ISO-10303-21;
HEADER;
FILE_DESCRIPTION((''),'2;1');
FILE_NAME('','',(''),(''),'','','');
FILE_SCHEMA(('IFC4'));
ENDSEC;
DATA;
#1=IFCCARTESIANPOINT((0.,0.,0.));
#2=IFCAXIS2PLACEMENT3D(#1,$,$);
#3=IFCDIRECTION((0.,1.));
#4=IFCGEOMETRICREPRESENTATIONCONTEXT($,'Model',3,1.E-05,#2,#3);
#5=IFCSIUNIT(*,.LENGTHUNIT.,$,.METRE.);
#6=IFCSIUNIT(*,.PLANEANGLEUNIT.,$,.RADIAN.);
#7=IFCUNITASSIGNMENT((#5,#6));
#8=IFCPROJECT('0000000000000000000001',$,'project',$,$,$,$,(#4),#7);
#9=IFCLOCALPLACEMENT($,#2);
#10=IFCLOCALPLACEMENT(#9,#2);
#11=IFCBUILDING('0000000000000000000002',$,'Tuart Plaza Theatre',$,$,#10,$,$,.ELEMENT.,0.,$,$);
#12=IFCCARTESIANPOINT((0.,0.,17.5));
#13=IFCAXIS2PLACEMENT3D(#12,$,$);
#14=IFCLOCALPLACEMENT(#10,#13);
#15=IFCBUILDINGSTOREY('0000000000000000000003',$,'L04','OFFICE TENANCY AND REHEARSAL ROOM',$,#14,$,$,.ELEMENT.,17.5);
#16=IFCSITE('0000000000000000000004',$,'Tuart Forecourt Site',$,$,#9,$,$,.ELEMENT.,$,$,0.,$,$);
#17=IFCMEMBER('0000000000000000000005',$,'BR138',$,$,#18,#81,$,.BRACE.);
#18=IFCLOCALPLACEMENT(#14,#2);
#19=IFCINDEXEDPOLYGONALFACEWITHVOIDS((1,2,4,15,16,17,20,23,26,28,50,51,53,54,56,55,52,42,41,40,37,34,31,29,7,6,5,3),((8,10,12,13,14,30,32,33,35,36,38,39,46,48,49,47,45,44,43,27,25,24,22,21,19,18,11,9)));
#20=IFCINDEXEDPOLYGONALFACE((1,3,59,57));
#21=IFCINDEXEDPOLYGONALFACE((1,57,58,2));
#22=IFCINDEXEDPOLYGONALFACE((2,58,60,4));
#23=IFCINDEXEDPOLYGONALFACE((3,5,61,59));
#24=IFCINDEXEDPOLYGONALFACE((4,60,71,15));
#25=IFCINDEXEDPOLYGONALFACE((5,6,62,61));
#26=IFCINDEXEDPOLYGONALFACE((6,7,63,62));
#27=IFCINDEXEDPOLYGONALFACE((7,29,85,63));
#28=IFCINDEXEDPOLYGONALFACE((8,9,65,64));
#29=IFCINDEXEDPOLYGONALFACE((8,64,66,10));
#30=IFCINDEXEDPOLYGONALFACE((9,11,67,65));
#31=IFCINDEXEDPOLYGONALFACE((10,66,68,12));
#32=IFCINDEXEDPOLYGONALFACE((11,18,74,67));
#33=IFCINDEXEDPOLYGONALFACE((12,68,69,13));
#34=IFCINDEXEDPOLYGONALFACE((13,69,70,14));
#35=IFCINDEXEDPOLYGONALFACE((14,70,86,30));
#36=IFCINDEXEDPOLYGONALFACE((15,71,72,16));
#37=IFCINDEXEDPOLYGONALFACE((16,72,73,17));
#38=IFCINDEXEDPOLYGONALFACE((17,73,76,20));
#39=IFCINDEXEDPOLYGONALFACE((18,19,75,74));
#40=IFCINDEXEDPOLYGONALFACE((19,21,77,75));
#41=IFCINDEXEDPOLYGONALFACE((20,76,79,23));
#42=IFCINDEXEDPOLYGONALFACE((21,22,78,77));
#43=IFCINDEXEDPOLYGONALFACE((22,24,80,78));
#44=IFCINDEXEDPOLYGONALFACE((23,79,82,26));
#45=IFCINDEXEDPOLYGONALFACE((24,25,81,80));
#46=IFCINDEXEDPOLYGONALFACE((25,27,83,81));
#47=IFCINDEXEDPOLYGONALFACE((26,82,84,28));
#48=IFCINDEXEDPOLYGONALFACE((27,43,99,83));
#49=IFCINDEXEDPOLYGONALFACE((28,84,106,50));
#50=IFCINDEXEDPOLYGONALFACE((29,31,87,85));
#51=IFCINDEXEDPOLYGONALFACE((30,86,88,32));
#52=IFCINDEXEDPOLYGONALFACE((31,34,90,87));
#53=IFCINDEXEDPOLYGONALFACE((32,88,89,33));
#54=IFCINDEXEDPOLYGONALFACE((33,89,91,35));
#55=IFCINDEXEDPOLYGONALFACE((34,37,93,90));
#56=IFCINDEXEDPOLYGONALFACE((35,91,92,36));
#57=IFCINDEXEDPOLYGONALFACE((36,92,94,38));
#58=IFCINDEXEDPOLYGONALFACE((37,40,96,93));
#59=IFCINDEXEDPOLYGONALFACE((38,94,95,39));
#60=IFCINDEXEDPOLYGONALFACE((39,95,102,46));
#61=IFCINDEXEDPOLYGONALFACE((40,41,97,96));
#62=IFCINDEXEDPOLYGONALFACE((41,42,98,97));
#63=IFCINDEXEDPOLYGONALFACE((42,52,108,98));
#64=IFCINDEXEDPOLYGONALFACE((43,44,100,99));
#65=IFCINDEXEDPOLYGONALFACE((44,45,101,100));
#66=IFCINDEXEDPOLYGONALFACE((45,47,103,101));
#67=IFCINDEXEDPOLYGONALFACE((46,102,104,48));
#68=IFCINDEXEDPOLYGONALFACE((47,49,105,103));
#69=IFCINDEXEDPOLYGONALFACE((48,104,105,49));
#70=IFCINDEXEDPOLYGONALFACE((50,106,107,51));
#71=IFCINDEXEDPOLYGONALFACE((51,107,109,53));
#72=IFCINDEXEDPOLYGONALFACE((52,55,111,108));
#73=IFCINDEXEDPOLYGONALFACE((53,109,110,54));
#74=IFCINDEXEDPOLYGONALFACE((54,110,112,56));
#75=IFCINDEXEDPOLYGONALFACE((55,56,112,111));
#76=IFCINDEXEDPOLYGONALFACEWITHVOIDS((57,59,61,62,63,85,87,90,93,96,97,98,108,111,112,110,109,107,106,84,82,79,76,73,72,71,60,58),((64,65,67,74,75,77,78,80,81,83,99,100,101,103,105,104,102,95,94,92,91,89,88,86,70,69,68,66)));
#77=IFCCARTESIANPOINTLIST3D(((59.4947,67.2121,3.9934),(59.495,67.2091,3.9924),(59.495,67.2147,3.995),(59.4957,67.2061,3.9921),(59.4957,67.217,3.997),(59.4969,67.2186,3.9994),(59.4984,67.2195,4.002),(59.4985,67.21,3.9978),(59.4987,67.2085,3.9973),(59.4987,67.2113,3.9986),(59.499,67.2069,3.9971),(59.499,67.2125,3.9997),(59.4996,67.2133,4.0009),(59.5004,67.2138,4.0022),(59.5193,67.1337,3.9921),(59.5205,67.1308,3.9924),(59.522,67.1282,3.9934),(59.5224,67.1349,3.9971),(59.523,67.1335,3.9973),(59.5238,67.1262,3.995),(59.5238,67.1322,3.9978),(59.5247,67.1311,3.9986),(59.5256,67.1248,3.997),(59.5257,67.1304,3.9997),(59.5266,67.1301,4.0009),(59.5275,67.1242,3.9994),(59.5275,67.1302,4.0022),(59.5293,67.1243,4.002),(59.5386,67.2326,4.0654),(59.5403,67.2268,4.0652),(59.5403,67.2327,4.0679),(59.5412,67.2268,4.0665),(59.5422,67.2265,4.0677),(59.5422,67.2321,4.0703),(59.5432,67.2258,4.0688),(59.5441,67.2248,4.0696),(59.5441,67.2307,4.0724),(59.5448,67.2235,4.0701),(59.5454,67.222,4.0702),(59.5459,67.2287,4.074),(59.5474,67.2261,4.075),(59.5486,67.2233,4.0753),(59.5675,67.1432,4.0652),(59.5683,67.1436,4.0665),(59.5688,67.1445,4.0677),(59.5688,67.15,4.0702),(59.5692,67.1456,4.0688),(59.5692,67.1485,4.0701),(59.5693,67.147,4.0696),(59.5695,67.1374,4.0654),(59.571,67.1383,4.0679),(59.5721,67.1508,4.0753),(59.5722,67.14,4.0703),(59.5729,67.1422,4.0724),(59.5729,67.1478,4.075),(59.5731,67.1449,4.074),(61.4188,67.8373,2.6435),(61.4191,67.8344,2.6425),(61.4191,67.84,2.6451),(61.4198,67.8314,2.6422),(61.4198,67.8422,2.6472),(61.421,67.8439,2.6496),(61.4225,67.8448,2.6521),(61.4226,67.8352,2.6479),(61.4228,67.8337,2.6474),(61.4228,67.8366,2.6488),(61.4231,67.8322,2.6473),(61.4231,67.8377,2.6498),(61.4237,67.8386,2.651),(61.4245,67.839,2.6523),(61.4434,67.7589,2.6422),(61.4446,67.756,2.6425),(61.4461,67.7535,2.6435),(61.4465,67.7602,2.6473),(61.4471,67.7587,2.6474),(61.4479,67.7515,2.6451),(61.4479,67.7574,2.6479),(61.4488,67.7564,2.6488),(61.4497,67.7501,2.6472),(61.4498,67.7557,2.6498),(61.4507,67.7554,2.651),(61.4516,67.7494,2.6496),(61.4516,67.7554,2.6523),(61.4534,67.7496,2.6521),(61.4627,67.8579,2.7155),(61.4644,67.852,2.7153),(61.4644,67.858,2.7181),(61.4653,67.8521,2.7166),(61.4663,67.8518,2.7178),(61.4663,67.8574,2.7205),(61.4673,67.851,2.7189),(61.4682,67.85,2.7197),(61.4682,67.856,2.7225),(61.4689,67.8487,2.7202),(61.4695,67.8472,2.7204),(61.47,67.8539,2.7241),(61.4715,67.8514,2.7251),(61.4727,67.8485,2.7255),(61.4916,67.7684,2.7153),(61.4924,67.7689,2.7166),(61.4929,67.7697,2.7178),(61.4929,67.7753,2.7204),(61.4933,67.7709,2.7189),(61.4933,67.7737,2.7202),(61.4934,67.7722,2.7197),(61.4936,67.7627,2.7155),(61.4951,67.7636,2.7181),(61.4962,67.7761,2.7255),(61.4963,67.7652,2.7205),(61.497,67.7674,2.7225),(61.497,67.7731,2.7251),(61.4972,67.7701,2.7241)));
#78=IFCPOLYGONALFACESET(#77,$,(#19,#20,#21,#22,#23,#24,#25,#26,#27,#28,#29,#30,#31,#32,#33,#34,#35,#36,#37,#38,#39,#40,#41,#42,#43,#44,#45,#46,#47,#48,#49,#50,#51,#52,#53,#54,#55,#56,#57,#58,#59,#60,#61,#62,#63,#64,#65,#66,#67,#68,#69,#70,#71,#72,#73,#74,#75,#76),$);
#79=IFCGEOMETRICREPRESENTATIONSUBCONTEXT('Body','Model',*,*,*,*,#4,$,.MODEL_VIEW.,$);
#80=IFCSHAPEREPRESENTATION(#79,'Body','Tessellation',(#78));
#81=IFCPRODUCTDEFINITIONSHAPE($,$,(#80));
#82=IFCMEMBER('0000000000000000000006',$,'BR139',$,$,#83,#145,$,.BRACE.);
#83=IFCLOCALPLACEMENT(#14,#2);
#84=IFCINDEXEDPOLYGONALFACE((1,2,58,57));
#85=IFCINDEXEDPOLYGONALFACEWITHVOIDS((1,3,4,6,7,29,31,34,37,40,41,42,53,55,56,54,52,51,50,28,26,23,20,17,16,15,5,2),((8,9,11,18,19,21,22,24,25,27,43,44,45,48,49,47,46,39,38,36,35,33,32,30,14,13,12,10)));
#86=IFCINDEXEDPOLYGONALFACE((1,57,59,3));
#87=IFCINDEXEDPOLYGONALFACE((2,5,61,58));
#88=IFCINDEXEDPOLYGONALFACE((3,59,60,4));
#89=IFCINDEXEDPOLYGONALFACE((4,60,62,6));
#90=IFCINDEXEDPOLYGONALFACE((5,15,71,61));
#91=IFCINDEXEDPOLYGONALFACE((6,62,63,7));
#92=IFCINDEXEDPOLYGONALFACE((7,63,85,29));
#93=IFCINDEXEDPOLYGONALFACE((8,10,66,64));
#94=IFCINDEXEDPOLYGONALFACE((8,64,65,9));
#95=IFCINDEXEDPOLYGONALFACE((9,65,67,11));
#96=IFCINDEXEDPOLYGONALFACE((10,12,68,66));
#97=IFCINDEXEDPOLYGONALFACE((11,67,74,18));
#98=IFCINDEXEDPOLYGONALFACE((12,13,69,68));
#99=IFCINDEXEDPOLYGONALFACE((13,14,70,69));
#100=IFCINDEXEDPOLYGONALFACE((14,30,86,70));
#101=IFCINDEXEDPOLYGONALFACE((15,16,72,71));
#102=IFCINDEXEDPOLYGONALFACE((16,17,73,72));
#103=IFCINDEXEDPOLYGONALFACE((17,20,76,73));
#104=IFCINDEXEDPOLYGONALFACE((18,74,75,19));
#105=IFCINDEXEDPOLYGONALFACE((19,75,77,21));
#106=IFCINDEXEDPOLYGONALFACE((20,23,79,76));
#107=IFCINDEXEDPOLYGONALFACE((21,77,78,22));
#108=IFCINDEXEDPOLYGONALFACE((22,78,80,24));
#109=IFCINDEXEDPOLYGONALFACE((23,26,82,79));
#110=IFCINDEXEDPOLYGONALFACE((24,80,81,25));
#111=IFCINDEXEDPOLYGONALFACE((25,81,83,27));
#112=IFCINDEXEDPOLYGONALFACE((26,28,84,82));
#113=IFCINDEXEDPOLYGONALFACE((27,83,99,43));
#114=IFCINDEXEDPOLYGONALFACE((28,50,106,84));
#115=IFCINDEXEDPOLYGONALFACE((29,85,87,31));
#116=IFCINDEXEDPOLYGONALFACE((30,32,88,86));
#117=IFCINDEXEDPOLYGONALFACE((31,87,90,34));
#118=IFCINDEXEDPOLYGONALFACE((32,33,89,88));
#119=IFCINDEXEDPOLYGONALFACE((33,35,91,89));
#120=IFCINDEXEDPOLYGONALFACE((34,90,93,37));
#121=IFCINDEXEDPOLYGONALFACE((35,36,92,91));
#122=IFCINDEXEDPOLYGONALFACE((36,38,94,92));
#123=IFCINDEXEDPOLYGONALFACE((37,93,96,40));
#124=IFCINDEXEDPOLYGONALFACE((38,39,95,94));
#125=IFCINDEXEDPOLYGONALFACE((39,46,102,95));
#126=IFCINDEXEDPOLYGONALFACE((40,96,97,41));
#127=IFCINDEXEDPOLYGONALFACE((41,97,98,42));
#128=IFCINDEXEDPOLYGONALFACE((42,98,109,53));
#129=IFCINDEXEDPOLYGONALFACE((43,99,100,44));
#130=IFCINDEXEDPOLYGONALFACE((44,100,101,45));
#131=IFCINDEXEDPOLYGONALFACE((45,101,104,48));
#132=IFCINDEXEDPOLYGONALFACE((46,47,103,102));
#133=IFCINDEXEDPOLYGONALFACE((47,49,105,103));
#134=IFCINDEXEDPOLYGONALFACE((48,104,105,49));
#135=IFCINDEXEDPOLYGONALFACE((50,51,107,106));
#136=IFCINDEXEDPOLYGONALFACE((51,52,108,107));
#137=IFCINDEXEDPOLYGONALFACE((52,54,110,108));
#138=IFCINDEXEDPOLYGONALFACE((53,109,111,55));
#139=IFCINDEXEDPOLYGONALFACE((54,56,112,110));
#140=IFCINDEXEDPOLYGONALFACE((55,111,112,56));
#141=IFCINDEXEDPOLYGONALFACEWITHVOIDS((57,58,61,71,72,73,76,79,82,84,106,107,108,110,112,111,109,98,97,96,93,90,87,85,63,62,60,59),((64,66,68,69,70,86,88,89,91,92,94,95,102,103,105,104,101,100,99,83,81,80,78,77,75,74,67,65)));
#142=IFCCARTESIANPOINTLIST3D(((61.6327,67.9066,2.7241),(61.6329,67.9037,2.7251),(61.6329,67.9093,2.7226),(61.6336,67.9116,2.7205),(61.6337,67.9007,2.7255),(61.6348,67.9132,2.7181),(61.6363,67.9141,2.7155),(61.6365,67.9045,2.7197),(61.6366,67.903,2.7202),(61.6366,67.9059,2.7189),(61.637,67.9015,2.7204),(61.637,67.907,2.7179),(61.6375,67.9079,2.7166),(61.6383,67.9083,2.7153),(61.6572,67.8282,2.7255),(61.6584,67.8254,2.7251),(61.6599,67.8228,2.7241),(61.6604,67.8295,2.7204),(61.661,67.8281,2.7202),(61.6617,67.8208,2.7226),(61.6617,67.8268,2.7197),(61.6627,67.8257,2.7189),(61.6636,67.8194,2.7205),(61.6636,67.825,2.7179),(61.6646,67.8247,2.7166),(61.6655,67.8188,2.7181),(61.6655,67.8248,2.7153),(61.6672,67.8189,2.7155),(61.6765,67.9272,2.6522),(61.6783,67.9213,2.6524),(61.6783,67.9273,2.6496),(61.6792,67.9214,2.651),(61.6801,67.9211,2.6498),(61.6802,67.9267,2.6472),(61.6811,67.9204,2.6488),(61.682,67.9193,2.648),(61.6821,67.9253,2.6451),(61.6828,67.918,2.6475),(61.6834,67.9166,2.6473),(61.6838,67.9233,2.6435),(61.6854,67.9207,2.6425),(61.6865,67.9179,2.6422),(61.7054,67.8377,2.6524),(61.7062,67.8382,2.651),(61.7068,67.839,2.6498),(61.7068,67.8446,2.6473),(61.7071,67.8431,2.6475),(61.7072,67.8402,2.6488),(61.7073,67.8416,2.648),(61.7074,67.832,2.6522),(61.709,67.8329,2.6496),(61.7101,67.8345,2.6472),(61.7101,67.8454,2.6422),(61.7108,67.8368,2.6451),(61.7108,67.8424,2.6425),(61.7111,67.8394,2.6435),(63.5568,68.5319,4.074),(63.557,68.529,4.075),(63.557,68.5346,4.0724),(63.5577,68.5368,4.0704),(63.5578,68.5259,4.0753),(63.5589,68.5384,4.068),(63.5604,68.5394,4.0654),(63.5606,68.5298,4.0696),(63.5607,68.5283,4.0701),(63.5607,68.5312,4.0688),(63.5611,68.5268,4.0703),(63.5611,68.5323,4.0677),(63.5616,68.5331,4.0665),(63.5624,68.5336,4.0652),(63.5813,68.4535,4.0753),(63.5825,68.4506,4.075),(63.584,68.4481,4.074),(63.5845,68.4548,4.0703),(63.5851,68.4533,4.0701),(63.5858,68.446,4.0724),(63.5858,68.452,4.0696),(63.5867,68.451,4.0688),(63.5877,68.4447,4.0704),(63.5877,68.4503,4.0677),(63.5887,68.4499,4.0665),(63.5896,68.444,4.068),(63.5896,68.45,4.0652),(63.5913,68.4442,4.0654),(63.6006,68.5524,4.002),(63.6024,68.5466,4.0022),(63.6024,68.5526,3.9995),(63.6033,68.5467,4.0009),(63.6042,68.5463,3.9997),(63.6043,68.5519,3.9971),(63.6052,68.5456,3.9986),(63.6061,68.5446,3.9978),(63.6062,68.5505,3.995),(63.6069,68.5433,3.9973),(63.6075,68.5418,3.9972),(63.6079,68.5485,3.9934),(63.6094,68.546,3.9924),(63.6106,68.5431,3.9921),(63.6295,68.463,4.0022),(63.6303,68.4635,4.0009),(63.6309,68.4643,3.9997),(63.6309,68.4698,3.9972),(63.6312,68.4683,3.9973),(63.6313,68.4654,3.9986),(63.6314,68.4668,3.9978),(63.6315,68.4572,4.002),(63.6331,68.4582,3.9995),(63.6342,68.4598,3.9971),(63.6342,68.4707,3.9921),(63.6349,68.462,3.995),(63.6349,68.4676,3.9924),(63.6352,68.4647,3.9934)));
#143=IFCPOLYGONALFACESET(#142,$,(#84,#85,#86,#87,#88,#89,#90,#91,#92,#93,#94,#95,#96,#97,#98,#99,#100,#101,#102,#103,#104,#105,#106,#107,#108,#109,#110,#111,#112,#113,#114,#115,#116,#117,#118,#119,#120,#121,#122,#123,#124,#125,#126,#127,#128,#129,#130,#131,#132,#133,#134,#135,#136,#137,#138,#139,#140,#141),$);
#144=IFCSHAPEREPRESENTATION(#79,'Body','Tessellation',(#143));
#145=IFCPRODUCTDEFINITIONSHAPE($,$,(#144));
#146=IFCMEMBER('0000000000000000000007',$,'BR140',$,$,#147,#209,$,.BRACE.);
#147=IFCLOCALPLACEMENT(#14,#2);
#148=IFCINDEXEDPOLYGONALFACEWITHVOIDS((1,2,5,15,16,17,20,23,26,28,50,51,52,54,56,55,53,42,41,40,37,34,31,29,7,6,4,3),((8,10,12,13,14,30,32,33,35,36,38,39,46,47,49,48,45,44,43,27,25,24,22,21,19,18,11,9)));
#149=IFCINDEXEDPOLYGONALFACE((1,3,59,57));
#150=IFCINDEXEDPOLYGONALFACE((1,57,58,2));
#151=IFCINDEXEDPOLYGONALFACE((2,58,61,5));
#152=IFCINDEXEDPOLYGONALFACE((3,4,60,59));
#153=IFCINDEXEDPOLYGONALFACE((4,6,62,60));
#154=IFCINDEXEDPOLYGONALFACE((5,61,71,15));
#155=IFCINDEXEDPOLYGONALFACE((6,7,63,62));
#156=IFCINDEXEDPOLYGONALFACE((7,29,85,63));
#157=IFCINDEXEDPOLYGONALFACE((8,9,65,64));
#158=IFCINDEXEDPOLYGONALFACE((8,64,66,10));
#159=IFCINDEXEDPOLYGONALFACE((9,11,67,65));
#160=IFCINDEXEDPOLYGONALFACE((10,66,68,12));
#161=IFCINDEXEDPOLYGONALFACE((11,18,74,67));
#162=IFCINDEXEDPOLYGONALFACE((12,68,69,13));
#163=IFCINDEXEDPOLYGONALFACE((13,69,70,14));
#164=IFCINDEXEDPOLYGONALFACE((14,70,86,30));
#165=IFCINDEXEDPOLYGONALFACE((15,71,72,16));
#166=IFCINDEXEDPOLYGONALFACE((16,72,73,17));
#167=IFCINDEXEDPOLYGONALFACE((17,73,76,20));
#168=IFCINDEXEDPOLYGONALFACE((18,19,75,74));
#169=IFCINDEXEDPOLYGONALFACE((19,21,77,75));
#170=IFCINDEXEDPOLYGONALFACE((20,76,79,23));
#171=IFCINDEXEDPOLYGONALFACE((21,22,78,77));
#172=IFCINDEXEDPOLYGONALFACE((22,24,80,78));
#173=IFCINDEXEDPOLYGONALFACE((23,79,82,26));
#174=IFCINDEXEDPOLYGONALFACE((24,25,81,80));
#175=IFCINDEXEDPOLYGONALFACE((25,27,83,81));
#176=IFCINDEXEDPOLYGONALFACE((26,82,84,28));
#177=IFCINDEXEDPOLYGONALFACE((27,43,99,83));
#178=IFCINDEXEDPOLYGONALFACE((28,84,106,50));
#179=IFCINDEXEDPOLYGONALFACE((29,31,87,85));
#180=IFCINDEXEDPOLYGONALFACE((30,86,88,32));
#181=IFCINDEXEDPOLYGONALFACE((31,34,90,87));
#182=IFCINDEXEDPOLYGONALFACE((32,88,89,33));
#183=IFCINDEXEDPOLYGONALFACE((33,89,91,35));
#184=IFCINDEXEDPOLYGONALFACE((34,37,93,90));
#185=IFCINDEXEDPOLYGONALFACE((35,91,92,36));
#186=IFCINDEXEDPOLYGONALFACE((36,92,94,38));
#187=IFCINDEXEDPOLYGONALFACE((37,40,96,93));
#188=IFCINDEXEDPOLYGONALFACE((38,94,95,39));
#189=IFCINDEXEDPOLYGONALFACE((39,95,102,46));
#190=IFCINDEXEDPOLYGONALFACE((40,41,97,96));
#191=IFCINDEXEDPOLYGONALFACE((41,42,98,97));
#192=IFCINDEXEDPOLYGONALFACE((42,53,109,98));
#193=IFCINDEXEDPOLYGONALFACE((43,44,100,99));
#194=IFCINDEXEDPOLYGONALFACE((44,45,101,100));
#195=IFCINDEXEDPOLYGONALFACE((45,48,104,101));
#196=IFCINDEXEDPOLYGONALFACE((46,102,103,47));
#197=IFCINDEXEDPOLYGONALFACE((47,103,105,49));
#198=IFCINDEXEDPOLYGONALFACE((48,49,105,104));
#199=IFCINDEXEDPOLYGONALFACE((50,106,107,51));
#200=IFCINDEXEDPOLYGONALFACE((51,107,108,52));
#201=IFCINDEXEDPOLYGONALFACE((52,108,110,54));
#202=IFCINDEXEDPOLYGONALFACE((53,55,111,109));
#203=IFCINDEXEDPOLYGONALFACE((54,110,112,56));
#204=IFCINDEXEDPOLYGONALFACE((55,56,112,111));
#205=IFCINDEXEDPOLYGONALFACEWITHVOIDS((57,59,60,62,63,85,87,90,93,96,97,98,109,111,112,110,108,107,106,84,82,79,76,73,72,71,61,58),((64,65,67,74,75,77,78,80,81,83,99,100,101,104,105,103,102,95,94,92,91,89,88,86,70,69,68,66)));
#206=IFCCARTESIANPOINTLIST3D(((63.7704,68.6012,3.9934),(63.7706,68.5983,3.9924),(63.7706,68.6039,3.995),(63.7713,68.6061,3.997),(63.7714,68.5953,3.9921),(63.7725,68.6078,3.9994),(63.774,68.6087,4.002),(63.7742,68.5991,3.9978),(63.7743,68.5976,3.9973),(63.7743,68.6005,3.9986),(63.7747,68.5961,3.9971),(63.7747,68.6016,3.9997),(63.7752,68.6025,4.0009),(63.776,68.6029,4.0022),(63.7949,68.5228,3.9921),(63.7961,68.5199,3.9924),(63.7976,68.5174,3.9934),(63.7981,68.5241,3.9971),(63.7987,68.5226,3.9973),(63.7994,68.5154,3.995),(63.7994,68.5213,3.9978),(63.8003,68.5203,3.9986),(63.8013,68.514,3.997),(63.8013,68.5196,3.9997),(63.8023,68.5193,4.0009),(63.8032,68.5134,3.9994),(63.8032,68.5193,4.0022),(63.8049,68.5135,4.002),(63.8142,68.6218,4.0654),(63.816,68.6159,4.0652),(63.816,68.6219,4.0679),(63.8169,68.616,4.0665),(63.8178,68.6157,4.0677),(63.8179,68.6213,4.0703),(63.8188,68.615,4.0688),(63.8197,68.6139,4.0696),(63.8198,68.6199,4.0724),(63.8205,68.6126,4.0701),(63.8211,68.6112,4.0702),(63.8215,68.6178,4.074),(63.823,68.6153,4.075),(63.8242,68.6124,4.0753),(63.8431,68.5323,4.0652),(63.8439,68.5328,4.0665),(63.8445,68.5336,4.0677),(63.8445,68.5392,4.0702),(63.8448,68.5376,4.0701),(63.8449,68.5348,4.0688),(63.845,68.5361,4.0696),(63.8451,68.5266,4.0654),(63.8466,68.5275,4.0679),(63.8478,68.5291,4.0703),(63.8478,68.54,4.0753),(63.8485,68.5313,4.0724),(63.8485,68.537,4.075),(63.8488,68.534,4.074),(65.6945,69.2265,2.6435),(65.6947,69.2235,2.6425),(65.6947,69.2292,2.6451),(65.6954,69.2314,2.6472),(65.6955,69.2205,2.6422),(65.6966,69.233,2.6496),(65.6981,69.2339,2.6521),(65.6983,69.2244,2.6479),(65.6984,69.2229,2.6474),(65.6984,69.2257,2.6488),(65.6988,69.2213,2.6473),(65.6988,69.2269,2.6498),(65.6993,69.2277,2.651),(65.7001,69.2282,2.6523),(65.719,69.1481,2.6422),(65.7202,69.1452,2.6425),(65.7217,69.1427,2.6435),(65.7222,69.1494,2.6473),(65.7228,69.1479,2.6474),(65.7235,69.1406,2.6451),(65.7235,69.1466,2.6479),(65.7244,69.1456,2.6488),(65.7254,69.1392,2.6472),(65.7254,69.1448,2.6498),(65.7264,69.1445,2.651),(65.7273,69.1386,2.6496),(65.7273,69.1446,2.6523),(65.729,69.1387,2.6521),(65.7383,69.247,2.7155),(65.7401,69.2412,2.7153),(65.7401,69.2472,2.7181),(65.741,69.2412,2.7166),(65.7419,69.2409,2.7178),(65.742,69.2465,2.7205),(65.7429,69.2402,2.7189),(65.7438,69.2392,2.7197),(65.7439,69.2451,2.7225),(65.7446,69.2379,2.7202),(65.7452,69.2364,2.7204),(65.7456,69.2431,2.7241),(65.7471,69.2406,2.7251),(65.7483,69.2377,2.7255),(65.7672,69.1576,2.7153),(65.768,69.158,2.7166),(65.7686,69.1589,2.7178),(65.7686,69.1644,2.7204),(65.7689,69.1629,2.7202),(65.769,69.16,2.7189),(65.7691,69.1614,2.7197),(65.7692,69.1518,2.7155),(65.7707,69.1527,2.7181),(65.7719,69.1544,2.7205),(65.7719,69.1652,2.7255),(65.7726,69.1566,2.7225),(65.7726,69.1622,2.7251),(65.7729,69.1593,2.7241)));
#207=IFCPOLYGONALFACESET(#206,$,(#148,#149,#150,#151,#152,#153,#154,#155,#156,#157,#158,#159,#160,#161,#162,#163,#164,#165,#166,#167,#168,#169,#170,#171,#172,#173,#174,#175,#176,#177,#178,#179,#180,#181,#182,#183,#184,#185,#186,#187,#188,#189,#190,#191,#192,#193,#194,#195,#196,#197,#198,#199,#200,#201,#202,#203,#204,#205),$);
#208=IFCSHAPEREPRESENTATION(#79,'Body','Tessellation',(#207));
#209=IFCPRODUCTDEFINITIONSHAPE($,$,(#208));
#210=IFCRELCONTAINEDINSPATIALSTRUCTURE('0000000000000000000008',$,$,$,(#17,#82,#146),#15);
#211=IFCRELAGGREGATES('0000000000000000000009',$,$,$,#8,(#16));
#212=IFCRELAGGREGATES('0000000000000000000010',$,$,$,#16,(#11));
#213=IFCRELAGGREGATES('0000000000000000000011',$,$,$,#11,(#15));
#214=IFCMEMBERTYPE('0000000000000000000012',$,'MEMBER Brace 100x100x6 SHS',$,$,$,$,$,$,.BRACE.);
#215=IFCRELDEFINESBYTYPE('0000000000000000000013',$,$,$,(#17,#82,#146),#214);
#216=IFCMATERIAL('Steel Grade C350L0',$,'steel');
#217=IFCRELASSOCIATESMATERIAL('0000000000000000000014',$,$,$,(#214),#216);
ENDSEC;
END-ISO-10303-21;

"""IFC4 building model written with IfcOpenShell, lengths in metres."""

from ifc_helpers import new_model, si_unit, direction, frame, origin, origin_2d, place, context, subcontext, project, spatial, hollow_rectangle, extrude, material, material_profile, profile_set, type_object, element, save


model = new_model("IFC4")

# Units and contexts
model_context = context("Model", 3, precision=1e-05, world=origin(), true_north=direction((0.0, 1.0)))
body_context = subcontext(model_context, "Body", "Model", "MODEL_VIEW")
ifc_project = project(units=[si_unit("LENGTHUNIT", "METRE"), si_unit("PLANEANGLEUNIT", "RADIAN")], contexts=[model_context])

# Site, building, storey
site_placement = place(None, origin())
site = spatial("IfcSite", under=ifc_project, at=site_placement, Name="Tuart Forecourt Site", CompositionType="ELEMENT", RefElevation=0.0)
building_placement = place(site_placement, origin())
building = spatial("IfcBuilding", under=site, at=building_placement, Name="Tuart Plaza Theatre", CompositionType="ELEMENT", ElevationOfRefHeight=0.0)
storey_placement = place(building_placement, frame((0.0, 0.0, 17.5)))
storey = spatial("IfcBuildingStorey", under=building, at=storey_placement, Name="L04", Description="OFFICE TENANCY AND REHEARSAL ROOM", CompositionType="ELEMENT", Elevation=17.5)

# Members
ifc_material_1 = material(Name="Steel Grade C350L0", Category="steel")
ifc_material_profile_1 = material_profile(ifc_material_1, hollow_rectangle(XDim=0.1001, YDim=0.1001, WallThickness=0.0061, InnerFilletRadius=0.0061, OuterFilletRadius=0.012, at=origin_2d()), Name="100x100x6 SHS")
ifc_profile_set_1 = profile_set([ifc_material_profile_1], Name="Steel Grade C350L0")
member_type_1 = type_object("IfcMemberType", Name="MEMBER Brace 100x100x6 SHS", PredefinedType="BRACE", material=ifc_profile_set_1)
for number, where, z_axis, x_axis, name in (
    (1, (59.5339, 67.1785, 4.0337), (0.791117, 0.25708, -0.555017), (-0.309051, 0.951046, 0.0), "BR138"),
    (2, (61.6719, 67.873, 2.6838), (0.791117, 0.25708, 0.555017), (-0.309051, 0.951046, 0.0), "BR139"),
    (3, (63.8096, 68.5676, 4.0337), (0.791117, 0.25708, -0.555017), (-0.309051, 0.951046, 0.0), "BR140"),
):
    element("IfcMember", number, at=place(storey_placement, frame(where, z_axis=z_axis, x_axis=x_axis)), inside=storey, type_object=member_type_1, Name=name, PredefinedType="BRACE", context=body_context, shape_type="SweptSolid", body=[
        extrude(hollow_rectangle(XDim=0.1001, YDim=0.1001, WallThickness=0.0061, InnerFilletRadius=0.0061, OuterFilletRadius=0.012, at=origin_2d()), origin(), (0.0, 0.0, 1.0), 2.4321),
    ])

save(model, "model.ifc")
